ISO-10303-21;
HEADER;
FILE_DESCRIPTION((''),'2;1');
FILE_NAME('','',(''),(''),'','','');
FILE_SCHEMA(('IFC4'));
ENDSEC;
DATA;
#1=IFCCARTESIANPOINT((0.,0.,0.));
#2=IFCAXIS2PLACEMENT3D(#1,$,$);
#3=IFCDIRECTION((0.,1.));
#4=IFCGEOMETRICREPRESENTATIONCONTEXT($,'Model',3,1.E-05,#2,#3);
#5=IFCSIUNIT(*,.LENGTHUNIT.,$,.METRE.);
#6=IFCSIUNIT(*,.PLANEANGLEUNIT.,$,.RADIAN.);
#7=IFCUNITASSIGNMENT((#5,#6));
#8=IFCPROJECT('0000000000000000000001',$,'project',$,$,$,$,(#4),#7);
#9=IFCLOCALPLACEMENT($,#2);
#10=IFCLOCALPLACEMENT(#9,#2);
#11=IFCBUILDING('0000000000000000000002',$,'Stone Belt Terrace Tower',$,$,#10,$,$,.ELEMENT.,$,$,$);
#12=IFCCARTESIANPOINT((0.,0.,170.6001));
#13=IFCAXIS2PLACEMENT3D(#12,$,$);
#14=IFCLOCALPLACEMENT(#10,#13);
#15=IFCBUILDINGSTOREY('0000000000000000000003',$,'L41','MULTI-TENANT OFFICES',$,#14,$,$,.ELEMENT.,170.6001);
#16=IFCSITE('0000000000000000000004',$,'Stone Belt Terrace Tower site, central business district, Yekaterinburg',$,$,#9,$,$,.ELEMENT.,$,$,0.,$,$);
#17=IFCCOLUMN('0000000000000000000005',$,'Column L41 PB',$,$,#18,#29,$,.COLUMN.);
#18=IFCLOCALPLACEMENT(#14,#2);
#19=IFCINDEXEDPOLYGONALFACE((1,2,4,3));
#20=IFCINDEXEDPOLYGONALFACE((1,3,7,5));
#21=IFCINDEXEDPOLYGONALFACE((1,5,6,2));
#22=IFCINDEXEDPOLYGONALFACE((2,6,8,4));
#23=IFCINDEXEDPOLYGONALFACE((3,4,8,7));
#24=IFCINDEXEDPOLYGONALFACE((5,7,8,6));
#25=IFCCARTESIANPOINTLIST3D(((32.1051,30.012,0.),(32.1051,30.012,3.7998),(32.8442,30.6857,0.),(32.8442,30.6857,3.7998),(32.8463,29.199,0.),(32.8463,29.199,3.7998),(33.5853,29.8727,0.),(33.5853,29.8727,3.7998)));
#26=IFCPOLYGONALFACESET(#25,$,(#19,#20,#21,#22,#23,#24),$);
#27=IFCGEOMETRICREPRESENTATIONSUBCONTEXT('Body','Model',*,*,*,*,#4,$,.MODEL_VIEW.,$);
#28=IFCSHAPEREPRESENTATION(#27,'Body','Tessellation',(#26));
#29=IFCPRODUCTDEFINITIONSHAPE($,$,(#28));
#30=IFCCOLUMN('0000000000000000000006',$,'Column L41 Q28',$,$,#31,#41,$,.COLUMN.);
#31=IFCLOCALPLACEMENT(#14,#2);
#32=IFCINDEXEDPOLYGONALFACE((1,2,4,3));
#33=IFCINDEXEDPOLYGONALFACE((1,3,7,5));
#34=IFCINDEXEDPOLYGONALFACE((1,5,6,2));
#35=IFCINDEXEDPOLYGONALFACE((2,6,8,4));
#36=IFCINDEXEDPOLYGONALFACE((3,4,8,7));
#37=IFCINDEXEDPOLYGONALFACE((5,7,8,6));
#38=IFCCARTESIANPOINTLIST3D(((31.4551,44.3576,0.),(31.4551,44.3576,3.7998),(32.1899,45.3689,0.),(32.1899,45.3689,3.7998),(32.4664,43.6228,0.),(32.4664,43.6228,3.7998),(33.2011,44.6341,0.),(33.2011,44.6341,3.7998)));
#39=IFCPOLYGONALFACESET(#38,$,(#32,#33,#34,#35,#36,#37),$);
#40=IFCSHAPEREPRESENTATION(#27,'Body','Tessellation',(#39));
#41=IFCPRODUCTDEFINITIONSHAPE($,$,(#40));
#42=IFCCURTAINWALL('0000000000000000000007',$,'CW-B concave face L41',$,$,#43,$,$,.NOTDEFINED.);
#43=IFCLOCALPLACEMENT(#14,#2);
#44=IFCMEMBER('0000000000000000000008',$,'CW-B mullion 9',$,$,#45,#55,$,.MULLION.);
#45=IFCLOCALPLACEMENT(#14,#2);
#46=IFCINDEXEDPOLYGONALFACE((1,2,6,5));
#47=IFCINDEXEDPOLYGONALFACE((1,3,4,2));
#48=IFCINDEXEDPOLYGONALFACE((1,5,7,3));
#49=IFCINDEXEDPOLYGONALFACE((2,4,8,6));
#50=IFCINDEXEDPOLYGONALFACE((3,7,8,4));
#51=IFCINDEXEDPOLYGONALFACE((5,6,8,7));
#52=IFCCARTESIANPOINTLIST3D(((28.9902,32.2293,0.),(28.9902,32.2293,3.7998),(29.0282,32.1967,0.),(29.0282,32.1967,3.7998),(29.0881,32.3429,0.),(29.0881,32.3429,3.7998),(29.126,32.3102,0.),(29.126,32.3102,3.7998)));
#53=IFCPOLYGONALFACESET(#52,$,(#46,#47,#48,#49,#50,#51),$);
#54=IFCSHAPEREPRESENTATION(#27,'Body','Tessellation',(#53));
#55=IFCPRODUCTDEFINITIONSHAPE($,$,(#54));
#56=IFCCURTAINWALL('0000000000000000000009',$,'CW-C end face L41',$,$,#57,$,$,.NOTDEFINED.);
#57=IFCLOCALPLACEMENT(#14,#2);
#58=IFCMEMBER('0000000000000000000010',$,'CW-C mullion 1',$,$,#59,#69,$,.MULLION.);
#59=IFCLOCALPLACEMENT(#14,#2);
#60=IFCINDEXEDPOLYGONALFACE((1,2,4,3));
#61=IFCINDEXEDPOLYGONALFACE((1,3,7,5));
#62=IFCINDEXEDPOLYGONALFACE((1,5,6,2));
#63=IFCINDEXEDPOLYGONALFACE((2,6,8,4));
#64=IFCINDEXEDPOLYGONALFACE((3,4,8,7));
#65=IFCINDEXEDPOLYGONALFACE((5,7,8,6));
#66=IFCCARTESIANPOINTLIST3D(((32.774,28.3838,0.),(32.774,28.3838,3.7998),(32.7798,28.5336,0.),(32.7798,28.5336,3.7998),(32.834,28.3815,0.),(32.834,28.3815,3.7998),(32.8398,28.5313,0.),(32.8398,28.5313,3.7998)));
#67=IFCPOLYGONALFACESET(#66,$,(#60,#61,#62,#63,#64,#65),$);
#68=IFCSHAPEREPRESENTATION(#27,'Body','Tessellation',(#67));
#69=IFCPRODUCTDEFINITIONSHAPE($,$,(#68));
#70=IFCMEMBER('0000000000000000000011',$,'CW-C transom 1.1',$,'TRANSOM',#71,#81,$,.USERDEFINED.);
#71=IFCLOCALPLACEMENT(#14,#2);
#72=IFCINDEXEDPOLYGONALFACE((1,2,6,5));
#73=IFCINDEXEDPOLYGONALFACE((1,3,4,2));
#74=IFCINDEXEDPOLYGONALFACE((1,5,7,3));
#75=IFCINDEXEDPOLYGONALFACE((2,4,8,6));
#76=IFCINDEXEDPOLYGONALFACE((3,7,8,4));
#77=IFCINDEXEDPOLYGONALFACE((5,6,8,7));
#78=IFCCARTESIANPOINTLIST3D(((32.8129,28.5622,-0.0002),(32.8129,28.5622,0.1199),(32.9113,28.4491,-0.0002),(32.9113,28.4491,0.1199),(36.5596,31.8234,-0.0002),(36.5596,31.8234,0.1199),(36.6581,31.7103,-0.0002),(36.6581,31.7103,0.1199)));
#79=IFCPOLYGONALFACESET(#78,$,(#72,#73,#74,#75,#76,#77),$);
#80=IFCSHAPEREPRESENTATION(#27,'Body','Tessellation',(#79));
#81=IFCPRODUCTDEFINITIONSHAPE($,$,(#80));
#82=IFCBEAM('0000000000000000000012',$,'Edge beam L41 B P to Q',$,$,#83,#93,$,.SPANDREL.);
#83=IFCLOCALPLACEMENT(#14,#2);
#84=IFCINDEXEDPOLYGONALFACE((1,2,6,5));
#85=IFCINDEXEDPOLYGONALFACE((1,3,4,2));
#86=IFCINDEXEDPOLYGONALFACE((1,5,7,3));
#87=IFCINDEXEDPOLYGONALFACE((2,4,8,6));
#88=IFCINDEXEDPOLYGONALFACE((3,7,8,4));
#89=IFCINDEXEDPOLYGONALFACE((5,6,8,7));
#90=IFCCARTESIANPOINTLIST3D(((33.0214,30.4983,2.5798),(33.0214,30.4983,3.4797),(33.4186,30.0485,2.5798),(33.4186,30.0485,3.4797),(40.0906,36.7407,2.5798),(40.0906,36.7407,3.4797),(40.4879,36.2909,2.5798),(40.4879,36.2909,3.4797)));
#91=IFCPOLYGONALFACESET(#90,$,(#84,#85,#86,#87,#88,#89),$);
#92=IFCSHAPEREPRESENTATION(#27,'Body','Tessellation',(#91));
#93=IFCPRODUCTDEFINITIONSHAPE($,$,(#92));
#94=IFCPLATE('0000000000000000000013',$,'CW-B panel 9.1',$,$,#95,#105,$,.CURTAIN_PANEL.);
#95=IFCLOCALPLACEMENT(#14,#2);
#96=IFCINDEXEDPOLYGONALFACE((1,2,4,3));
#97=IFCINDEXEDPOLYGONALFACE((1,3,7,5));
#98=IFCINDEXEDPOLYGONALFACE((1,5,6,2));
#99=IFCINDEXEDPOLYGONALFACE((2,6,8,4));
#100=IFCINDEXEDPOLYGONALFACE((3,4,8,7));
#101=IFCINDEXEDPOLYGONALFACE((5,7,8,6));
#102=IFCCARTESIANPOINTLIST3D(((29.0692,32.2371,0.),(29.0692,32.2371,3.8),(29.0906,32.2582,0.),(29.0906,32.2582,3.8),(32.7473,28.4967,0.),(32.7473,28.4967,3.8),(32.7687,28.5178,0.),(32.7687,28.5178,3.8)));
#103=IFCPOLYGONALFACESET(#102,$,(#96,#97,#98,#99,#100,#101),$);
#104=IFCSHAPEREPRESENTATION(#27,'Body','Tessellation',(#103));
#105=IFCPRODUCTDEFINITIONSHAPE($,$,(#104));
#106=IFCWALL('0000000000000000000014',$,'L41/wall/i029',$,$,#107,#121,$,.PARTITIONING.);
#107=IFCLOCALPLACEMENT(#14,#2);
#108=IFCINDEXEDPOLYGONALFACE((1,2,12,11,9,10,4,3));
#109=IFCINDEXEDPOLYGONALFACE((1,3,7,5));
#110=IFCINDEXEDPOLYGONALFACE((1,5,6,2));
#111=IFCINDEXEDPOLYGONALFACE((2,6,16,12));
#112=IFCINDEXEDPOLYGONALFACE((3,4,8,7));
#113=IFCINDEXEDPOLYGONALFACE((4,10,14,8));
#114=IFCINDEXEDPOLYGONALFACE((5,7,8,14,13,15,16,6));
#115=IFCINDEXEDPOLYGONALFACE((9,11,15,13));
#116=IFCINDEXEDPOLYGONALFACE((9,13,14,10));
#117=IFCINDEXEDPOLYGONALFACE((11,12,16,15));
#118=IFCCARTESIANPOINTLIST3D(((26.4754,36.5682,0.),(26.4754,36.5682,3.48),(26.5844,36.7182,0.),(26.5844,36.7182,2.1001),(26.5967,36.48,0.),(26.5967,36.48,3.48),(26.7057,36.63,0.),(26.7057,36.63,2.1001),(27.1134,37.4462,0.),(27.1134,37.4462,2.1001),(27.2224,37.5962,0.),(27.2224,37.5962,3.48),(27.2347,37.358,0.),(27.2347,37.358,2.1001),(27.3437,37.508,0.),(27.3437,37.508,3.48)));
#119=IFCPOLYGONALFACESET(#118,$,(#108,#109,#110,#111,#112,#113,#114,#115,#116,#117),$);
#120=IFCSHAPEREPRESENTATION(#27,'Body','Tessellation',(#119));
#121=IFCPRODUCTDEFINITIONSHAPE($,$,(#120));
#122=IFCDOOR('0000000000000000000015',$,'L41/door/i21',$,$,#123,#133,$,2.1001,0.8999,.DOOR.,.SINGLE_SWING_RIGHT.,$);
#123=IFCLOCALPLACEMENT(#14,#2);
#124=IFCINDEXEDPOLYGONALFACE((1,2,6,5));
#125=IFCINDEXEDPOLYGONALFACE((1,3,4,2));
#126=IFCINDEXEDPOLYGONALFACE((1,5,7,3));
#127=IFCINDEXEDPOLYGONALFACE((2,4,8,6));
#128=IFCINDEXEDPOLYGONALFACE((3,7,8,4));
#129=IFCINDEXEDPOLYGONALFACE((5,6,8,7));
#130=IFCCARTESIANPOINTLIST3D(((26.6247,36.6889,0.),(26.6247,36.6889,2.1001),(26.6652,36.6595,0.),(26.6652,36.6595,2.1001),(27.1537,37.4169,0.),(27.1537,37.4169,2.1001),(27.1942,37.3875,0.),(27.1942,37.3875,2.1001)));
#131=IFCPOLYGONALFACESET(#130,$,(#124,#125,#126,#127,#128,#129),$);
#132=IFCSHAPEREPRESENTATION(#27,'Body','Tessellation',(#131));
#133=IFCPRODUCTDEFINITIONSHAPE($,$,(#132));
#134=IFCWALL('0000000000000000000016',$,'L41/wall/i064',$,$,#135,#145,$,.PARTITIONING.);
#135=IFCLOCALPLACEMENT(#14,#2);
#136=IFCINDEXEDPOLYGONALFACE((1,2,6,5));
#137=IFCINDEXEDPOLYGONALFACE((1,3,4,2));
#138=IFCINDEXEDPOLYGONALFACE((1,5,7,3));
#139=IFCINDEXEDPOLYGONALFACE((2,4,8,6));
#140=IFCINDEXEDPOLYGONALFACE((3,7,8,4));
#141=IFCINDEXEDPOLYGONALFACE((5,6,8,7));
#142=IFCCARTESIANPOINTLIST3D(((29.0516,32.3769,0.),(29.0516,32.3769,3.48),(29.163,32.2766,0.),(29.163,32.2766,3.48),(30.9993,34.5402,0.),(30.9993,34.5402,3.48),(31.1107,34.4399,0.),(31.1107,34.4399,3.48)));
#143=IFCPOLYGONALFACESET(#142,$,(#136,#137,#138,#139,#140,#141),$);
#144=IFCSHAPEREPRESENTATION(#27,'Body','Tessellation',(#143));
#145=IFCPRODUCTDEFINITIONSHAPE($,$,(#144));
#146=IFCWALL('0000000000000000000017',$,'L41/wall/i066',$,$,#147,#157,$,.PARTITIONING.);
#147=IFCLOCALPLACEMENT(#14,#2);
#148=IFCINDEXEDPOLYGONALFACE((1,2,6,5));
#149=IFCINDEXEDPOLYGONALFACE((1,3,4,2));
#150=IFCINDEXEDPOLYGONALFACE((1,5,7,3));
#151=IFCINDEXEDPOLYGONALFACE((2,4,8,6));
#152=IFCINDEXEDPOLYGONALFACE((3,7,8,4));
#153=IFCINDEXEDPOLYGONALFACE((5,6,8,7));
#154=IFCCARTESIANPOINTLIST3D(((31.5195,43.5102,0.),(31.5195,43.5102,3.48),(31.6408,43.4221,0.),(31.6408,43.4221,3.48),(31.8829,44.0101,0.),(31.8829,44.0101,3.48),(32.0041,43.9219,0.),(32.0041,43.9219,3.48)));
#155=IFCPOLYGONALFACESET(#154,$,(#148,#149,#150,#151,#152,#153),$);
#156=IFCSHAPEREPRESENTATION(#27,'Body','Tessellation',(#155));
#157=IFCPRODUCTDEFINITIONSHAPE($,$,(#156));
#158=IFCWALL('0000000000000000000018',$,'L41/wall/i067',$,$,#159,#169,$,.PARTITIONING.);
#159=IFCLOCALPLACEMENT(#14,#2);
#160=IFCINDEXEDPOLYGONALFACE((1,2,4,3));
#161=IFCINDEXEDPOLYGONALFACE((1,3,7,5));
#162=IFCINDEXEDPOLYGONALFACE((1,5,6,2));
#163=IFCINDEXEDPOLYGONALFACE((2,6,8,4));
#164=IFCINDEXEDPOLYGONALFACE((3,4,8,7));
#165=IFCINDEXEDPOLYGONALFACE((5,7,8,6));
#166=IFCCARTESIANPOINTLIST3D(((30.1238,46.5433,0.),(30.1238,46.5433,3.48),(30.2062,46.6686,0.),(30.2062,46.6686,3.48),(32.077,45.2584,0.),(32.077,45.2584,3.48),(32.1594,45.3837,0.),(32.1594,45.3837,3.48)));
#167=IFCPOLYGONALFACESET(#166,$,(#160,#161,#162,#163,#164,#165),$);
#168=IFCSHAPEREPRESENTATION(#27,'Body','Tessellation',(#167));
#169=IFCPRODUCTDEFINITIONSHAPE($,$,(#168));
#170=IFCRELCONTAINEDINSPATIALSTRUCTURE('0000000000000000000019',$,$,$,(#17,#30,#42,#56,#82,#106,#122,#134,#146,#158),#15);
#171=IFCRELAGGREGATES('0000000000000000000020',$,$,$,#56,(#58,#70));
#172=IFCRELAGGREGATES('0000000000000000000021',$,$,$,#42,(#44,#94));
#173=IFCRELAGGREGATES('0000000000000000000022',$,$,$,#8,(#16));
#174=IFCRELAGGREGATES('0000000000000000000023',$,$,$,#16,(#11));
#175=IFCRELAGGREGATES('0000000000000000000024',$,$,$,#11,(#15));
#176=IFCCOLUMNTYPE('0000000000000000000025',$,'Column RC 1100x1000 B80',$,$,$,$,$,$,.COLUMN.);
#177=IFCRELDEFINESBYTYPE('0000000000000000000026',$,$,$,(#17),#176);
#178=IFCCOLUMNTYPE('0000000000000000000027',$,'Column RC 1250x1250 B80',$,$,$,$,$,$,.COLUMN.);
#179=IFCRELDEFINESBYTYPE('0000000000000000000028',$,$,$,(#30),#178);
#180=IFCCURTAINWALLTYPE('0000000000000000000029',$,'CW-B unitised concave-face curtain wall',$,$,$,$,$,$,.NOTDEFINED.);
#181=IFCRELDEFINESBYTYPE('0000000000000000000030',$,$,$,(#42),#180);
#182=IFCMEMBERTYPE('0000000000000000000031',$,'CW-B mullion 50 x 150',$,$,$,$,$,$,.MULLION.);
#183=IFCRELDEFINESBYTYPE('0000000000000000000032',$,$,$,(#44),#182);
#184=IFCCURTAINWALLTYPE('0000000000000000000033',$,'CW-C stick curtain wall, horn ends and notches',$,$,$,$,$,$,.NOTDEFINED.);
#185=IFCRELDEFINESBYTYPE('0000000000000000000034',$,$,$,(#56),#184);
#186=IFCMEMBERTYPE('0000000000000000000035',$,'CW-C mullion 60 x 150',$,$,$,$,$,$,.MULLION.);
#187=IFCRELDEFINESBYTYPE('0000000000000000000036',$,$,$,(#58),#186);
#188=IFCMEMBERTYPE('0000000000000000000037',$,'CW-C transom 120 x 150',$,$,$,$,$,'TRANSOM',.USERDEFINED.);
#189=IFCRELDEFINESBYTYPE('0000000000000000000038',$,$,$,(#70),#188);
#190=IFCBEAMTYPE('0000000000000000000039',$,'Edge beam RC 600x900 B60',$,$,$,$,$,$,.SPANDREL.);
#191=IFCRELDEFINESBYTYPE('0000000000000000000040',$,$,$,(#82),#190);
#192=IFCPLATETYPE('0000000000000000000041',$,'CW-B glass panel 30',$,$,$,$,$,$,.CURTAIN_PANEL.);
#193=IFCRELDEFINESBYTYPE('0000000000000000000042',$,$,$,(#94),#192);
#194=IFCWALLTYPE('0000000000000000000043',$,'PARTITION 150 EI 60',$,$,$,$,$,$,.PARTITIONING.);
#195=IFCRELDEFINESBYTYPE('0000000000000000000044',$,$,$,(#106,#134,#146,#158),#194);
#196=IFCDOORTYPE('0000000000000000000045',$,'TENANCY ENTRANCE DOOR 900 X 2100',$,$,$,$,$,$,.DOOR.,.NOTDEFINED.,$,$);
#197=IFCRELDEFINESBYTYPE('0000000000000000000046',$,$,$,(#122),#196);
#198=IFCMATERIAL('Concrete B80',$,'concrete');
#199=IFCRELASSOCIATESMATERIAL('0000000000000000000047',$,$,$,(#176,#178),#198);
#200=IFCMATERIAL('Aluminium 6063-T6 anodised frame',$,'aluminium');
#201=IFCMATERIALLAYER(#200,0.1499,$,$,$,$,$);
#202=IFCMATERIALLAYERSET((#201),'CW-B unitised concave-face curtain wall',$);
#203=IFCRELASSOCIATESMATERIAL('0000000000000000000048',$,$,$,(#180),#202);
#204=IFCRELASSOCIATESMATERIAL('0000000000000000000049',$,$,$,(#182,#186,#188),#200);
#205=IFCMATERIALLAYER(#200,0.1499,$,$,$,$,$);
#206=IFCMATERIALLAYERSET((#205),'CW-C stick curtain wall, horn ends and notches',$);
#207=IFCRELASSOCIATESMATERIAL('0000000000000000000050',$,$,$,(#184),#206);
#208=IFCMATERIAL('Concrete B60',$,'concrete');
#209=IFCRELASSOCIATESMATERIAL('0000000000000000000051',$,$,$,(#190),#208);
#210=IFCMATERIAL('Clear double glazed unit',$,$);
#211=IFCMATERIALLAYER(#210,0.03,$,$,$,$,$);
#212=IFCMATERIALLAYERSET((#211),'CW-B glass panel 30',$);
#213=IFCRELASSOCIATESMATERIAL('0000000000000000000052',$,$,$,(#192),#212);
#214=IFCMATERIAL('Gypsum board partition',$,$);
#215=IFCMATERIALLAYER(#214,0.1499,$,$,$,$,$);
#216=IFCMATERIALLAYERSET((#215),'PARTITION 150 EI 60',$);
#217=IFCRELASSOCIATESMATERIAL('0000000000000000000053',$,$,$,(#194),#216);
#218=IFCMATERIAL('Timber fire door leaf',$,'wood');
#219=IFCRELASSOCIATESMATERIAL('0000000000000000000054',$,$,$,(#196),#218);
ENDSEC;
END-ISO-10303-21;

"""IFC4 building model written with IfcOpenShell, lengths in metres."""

from ifc_helpers import new_model, si_unit, direction, frame, frame_2d, origin, origin_2d, place, context, subcontext, project, spatial, rectangle, extrude, material, layer, layer_set, material_profile, profile_set, type_object, element, fill, aggregate, save


model = new_model("IFC4")

# Units and contexts
model_context = context("Model", 3, precision=1e-05, world=origin(), true_north=direction((0.0, 1.0)))
body_context = subcontext(model_context, "Body", "Model", "MODEL_VIEW")
ifc_project = project(units=[si_unit("LENGTHUNIT", "METRE"), si_unit("PLANEANGLEUNIT", "RADIAN")], contexts=[model_context])

# Site, building, storey
site_placement = place(None, origin())
site = spatial("IfcSite", under=ifc_project, at=site_placement, Name="Stone Belt Terrace Tower site, central business district, Yekaterinburg", CompositionType="ELEMENT", RefElevation=0.0)
building_placement = place(site_placement, origin())
building = spatial("IfcBuilding", under=site, at=building_placement, Name="Stone Belt Terrace Tower", CompositionType="ELEMENT")
storey_placement = place(building_placement, frame((0.0, 0.0, 170.6001)))
storey = spatial("IfcBuildingStorey", under=building, at=storey_placement, Name="L41", Description="MULTI-TENANT OFFICES", CompositionType="ELEMENT", Elevation=170.6001)

# Columns
ifc_material_1 = material(Name="Concrete B80", Category="concrete")
ifc_material_profile_1 = material_profile(ifc_material_1, rectangle(XDim=1.1001, YDim=1.0, at=origin_2d()), Name="RC 1100x1000")
ifc_profile_set_1 = profile_set([ifc_material_profile_1], Name="Concrete B80")
column_type_1 = type_object("IfcColumnType", Name="Column RC 1100x1000 B80", PredefinedType="COLUMN", material=ifc_profile_set_1)
column_1_placement = place(storey_placement, frame((32.8452, 29.9424, 0.0), z_axis=(0.0, 0.0, 1.0), x_axis=(0.673698, -0.739007, 0.0)))
element("IfcColumn", 1, at=column_1_placement, inside=storey, type_object=column_type_1, Name="Column L41 PB", PredefinedType="COLUMN", context=body_context, shape_type="SweptSolid", body=[
    extrude(rectangle(XDim=1.1001, YDim=1.0, at=origin_2d()), origin(), (0.0, 0.0, 1.0), 3.7998),
])
ifc_material_profile_2 = material_profile(ifc_material_1, rectangle(XDim=1.25, YDim=1.25, at=origin_2d()), Name="RC 1250x1250")
ifc_profile_set_2 = profile_set([ifc_material_profile_2], Name="Concrete B80")
column_type_2 = type_object("IfcColumnType", Name="Column RC 1250x1250 B80", PredefinedType="COLUMN", material=ifc_profile_set_2)
column_2_placement = place(storey_placement, frame((32.3281, 44.4958, 0.0), z_axis=(0.0, 0.0, 1.0), x_axis=(0.809017, -0.587785, 0.0)))
element("IfcColumn", 2, at=column_2_placement, inside=storey, type_object=column_type_2, Name="Column L41 Q28", PredefinedType="COLUMN", context=body_context, shape_type="SweptSolid", body=[
    extrude(rectangle(XDim=1.25, YDim=1.25, at=origin_2d()), origin(), (0.0, 0.0, 1.0), 3.7998),
])

# Curtain wall, member
ifc_material_2 = material(Name="Aluminium 6063-T6 anodised frame", Category="aluminium")
ifc_layer_1 = layer(ifc_material_2, 0.1499)
ifc_layer_set_1 = layer_set([ifc_layer_1], Name="CW-B unitised concave-face curtain wall")
curtain_wall_type_1 = type_object("IfcCurtainWallType", Name="CW-B unitised concave-face curtain wall", PredefinedType="NOTDEFINED", material=ifc_layer_set_1)
curtain_wall_1_placement = place(storey_placement, origin())
curtain_wall_1 = element("IfcCurtainWall", 3, at=curtain_wall_1_placement, inside=storey, type_object=curtain_wall_type_1, Name="CW-B concave face L41", PredefinedType="NOTDEFINED")
ifc_material_profile_3 = material_profile(ifc_material_2, rectangle(XDim=0.1499, YDim=0.05, at=origin_2d()), Name="Aluminium 6063-T6 50x150")
ifc_profile_set_3 = profile_set([ifc_material_profile_3], Name="Aluminium 6063-T6 anodised frame")
member_type_1 = type_object("IfcMemberType", Name="CW-B mullion 50 x 150", PredefinedType="MULLION", material=ifc_profile_set_3)
member_1_placement = place(storey_placement, frame((29.0581, 32.2698, 0.0), z_axis=(0.0, 0.0, 1.0), x_axis=(0.652634, 0.757674, 0.0)))
member_1 = element("IfcMember", 4, at=member_1_placement, type_object=member_type_1, Name="CW-B mullion 9", PredefinedType="MULLION", context=body_context, shape_type="SweptSolid", body=[
    extrude(rectangle(XDim=0.1499, YDim=0.05, at=origin_2d()), origin(), (0.0, 0.0, 1.0), 3.7998),
])

# Curtain wall, members
ifc_layer_2 = layer(ifc_material_2, 0.1499)
ifc_layer_set_2 = layer_set([ifc_layer_2], Name="CW-C stick curtain wall, horn ends and notches")
curtain_wall_type_2 = type_object("IfcCurtainWallType", Name="CW-C stick curtain wall, horn ends and notches", PredefinedType="NOTDEFINED", material=ifc_layer_set_2)
curtain_wall_2_placement = place(storey_placement, origin())
curtain_wall_2 = element("IfcCurtainWall", 5, at=curtain_wall_2_placement, inside=storey, type_object=curtain_wall_type_2, Name="CW-C end face L41", PredefinedType="NOTDEFINED")
ifc_material_profile_4 = material_profile(ifc_material_2, rectangle(XDim=0.1499, YDim=0.0601, at=origin_2d()), Name="Aluminium 6063-T6 60x150")
ifc_profile_set_4 = profile_set([ifc_material_profile_4], Name="Aluminium 6063-T6 anodised frame")
member_type_2 = type_object("IfcMemberType", Name="CW-C mullion 60 x 150", PredefinedType="MULLION", material=ifc_profile_set_4)
member_2_placement = place(storey_placement, frame((32.8069, 28.4575, 0.0), z_axis=(0.0, 0.0, 1.0), x_axis=(0.038761, 0.999249, 0.0)))
member_2 = element("IfcMember", 6, at=member_2_placement, type_object=member_type_2, Name="CW-C mullion 1", PredefinedType="MULLION", context=body_context, shape_type="SweptSolid", body=[
    extrude(rectangle(XDim=0.1499, YDim=0.0601, at=origin_2d()), origin(), (0.0, 0.0, 1.0), 3.7998),
])
ifc_material_profile_5 = material_profile(ifc_material_2, rectangle(XDim=0.1499, YDim=0.1201, at=origin_2d()), Name="Aluminium 6063-T6 150x120")
ifc_profile_set_5 = profile_set([ifc_material_profile_5], Name="Aluminium 6063-T6 anodised frame")
member_type_3 = type_object("IfcMemberType", Name="CW-C transom 120 x 150", ElementType="TRANSOM", PredefinedType="USERDEFINED", material=ifc_profile_set_5)
member_3_placement = place(storey_placement, frame((32.8621, 28.5056, 0.0598), z_axis=(0.754294, 0.656536, 0.0), x_axis=(-0.656536, 0.754294, 0.0)))
member_3 = element("IfcMember", 7, at=member_3_placement, type_object=member_type_3, Name="CW-C transom 1.1", ObjectType="TRANSOM", PredefinedType="USERDEFINED", context=body_context, shape_type="SweptSolid", body=[
    extrude(rectangle(XDim=0.1499, YDim=0.1201, at=origin_2d()), origin(), (0.0, 0.0, 1.0), 4.9673),
])
aggregate(curtain_wall_2, [member_2, member_3])

# Beam
ifc_material_3 = material(Name="Concrete B60", Category="concrete")
ifc_material_profile_6 = material_profile(ifc_material_3, rectangle(XDim=0.6001, YDim=0.8999, at=origin_2d()), Name="RC 600x900")
ifc_profile_set_6 = profile_set([ifc_material_profile_6], Name="Concrete B60")
beam_type = type_object("IfcBeamType", Name="Edge beam RC 600x900 B60", PredefinedType="SPANDREL", material=ifc_profile_set_6)
beam_placement = place(storey_placement, frame((33.22, 30.2734, 3.0298), z_axis=(0.749586, 0.661907, 0.0), x_axis=(-0.661907, 0.749586, 0.0)))
element("IfcBeam", 8, at=beam_placement, inside=storey, type_object=beam_type, Name="Edge beam L41 B P to Q", PredefinedType="SPANDREL", context=body_context, shape_type="SweptSolid", body=[
    extrude(rectangle(XDim=0.6001, YDim=0.8999, at=origin_2d()), origin(), (0.0, 0.0, 1.0), 9.4309),
])

# Plate
ifc_material_4 = material(Name="Clear double glazed unit")
ifc_layer_3 = layer(ifc_material_4, 0.03)
ifc_layer_set_3 = layer_set([ifc_layer_3], Name="CW-B glass panel 30")
plate_type = type_object("IfcPlateType", Name="CW-B glass panel 30", PredefinedType="CURTAIN_PANEL", material=ifc_layer_set_3)
plate_placement = place(storey_placement, frame((30.9189, 30.3774, 0.0), z_axis=(0.0, 0.0, 1.0), x_axis=(0.701147, -0.713017, 0.0)))
plate = element("IfcPlate", 9, at=plate_placement, type_object=plate_type, Name="CW-B panel 9.1", PredefinedType="CURTAIN_PANEL", context=body_context, shape_type="SweptSolid", body=[
    extrude(rectangle(XDim=5.2458, YDim=0.03, at=origin_2d()), origin(), (0.0, 0.0, 1.0), 3.8),
])
aggregate(curtain_wall_1, [member_1, plate])

# Wall, opening, door
ifc_material_5 = material(Name="Gypsum board partition")
ifc_layer_4 = layer(ifc_material_5, 0.1499)
ifc_layer_set_4 = layer_set([ifc_layer_4], Name="PARTITION 150 EI 60")
wall_type_1 = type_object("IfcWallType", Name="PARTITION 150 EI 60", PredefinedType="PARTITIONING", material=ifc_layer_set_4)
wall_1_placement = place(storey_placement, frame((27.283, 37.552, 0.0), z_axis=(0.0, 0.0, 1.0), x_axis=(-0.587852, -0.808969, 0.0)))
wall_1 = element("IfcWall", 10, at=wall_1_placement, inside=storey, type_object=wall_type_1, Name="L41/wall/i029", PredefinedType="PARTITIONING", context=body_context, shape_type="SweptSolid", body=[
    extrude(rectangle(XDim=1.2708, YDim=0.1499, at=frame_2d((0.6353, 0.0))), origin(), (0.0, 0.0, 1.0), 3.48),
])
opening_1_placement = place(wall_1_placement, frame((0.1853, 0.0, 0.0)))
opening_1 = element("IfcOpeningElement", 11, at=opening_1_placement, cuts=wall_1, PredefinedType="OPENING", context=body_context, shape_type="SweptSolid", body=[
    extrude(rectangle(XDim=0.8999, YDim=2.1001, at=frame_2d((0.45, 1.05))), frame((0.0, 0.085, 0.0), z_axis=(0.0, -1.0, 0.0), x_axis=(1.0, 0.0, 0.0)), (0.0, 0.0, 1.0), 0.1699),
])
ifc_material_6 = material(Name="Timber fire door leaf", Category="wood")
door_type_1 = type_object("IfcDoorType", Name="TENANCY ENTRANCE DOOR 900 X 2100", OperationType="NOTDEFINED", PredefinedType="DOOR", material=ifc_material_6)
door_1_placement = place(opening_1_placement, origin())
door_1 = element("IfcDoor", 12, at=door_1_placement, inside=storey, type_object=door_type_1, Name="L41/door/i21", OperationType="SINGLE_SWING_RIGHT", OverallHeight=2.1001, OverallWidth=0.8999, PredefinedType="DOOR", context=body_context, shape_type="SweptSolid", body=[
    extrude(rectangle(XDim=0.8999, YDim=2.1001, at=frame_2d((0.45, 1.05))), frame((0.0, 0.0249, 0.0), z_axis=(0.0, -1.0, 0.0), x_axis=(1.0, 0.0, 0.0)), (0.0, 0.0, 1.0), 0.05),
])
fill(opening_1, door_1)

# Walls
wall_2_placement = place(storey_placement, frame((29.1072, 32.3267, 0.0), z_axis=(0.0, 0.0, 1.0), x_axis=(0.669108, 0.743165, 0.0)))
element("IfcWall", 13, at=wall_2_placement, inside=storey, type_object=wall_type_1, Name="L41/wall/i064", PredefinedType="PARTITIONING", context=body_context, shape_type="SweptSolid", body=[
    extrude(rectangle(XDim=2.9109, YDim=0.1499, at=frame_2d((1.4556, 0.0))), origin(), (0.0, 0.0, 1.0), 3.48),
])
wall_3_placement = place(storey_placement, frame((31.5801, 43.4661, 0.0), z_axis=(0.0, 0.0, 1.0), x_axis=(0.587984, 0.808873, 0.0)))
element("IfcWall", 14, at=wall_3_placement, inside=storey, type_object=wall_type_1, Name="L41/wall/i066", PredefinedType="PARTITIONING", context=body_context, shape_type="SweptSolid", body=[
    extrude(rectangle(XDim=0.6179, YDim=0.1499, at=frame_2d((0.3091, 0.0))), origin(), (0.0, 0.0, 1.0), 3.48),
])
wall_4_placement = place(storey_placement, frame((32.1182, 45.321, 0.0), z_axis=(0.0, 0.0, 1.0), x_axis=(-0.835425, 0.549605, 0.0)))
element("IfcWall", 15, at=wall_4_placement, inside=storey, type_object=wall_type_1, Name="L41/wall/i067", PredefinedType="PARTITIONING", context=body_context, shape_type="SweptSolid", body=[
    extrude(rectangle(XDim=2.3379, YDim=0.1499, at=frame_2d((1.1689, 0.0))), origin(), (0.0, 0.0, 1.0), 3.48),
])

save(model, "model.ifc")
